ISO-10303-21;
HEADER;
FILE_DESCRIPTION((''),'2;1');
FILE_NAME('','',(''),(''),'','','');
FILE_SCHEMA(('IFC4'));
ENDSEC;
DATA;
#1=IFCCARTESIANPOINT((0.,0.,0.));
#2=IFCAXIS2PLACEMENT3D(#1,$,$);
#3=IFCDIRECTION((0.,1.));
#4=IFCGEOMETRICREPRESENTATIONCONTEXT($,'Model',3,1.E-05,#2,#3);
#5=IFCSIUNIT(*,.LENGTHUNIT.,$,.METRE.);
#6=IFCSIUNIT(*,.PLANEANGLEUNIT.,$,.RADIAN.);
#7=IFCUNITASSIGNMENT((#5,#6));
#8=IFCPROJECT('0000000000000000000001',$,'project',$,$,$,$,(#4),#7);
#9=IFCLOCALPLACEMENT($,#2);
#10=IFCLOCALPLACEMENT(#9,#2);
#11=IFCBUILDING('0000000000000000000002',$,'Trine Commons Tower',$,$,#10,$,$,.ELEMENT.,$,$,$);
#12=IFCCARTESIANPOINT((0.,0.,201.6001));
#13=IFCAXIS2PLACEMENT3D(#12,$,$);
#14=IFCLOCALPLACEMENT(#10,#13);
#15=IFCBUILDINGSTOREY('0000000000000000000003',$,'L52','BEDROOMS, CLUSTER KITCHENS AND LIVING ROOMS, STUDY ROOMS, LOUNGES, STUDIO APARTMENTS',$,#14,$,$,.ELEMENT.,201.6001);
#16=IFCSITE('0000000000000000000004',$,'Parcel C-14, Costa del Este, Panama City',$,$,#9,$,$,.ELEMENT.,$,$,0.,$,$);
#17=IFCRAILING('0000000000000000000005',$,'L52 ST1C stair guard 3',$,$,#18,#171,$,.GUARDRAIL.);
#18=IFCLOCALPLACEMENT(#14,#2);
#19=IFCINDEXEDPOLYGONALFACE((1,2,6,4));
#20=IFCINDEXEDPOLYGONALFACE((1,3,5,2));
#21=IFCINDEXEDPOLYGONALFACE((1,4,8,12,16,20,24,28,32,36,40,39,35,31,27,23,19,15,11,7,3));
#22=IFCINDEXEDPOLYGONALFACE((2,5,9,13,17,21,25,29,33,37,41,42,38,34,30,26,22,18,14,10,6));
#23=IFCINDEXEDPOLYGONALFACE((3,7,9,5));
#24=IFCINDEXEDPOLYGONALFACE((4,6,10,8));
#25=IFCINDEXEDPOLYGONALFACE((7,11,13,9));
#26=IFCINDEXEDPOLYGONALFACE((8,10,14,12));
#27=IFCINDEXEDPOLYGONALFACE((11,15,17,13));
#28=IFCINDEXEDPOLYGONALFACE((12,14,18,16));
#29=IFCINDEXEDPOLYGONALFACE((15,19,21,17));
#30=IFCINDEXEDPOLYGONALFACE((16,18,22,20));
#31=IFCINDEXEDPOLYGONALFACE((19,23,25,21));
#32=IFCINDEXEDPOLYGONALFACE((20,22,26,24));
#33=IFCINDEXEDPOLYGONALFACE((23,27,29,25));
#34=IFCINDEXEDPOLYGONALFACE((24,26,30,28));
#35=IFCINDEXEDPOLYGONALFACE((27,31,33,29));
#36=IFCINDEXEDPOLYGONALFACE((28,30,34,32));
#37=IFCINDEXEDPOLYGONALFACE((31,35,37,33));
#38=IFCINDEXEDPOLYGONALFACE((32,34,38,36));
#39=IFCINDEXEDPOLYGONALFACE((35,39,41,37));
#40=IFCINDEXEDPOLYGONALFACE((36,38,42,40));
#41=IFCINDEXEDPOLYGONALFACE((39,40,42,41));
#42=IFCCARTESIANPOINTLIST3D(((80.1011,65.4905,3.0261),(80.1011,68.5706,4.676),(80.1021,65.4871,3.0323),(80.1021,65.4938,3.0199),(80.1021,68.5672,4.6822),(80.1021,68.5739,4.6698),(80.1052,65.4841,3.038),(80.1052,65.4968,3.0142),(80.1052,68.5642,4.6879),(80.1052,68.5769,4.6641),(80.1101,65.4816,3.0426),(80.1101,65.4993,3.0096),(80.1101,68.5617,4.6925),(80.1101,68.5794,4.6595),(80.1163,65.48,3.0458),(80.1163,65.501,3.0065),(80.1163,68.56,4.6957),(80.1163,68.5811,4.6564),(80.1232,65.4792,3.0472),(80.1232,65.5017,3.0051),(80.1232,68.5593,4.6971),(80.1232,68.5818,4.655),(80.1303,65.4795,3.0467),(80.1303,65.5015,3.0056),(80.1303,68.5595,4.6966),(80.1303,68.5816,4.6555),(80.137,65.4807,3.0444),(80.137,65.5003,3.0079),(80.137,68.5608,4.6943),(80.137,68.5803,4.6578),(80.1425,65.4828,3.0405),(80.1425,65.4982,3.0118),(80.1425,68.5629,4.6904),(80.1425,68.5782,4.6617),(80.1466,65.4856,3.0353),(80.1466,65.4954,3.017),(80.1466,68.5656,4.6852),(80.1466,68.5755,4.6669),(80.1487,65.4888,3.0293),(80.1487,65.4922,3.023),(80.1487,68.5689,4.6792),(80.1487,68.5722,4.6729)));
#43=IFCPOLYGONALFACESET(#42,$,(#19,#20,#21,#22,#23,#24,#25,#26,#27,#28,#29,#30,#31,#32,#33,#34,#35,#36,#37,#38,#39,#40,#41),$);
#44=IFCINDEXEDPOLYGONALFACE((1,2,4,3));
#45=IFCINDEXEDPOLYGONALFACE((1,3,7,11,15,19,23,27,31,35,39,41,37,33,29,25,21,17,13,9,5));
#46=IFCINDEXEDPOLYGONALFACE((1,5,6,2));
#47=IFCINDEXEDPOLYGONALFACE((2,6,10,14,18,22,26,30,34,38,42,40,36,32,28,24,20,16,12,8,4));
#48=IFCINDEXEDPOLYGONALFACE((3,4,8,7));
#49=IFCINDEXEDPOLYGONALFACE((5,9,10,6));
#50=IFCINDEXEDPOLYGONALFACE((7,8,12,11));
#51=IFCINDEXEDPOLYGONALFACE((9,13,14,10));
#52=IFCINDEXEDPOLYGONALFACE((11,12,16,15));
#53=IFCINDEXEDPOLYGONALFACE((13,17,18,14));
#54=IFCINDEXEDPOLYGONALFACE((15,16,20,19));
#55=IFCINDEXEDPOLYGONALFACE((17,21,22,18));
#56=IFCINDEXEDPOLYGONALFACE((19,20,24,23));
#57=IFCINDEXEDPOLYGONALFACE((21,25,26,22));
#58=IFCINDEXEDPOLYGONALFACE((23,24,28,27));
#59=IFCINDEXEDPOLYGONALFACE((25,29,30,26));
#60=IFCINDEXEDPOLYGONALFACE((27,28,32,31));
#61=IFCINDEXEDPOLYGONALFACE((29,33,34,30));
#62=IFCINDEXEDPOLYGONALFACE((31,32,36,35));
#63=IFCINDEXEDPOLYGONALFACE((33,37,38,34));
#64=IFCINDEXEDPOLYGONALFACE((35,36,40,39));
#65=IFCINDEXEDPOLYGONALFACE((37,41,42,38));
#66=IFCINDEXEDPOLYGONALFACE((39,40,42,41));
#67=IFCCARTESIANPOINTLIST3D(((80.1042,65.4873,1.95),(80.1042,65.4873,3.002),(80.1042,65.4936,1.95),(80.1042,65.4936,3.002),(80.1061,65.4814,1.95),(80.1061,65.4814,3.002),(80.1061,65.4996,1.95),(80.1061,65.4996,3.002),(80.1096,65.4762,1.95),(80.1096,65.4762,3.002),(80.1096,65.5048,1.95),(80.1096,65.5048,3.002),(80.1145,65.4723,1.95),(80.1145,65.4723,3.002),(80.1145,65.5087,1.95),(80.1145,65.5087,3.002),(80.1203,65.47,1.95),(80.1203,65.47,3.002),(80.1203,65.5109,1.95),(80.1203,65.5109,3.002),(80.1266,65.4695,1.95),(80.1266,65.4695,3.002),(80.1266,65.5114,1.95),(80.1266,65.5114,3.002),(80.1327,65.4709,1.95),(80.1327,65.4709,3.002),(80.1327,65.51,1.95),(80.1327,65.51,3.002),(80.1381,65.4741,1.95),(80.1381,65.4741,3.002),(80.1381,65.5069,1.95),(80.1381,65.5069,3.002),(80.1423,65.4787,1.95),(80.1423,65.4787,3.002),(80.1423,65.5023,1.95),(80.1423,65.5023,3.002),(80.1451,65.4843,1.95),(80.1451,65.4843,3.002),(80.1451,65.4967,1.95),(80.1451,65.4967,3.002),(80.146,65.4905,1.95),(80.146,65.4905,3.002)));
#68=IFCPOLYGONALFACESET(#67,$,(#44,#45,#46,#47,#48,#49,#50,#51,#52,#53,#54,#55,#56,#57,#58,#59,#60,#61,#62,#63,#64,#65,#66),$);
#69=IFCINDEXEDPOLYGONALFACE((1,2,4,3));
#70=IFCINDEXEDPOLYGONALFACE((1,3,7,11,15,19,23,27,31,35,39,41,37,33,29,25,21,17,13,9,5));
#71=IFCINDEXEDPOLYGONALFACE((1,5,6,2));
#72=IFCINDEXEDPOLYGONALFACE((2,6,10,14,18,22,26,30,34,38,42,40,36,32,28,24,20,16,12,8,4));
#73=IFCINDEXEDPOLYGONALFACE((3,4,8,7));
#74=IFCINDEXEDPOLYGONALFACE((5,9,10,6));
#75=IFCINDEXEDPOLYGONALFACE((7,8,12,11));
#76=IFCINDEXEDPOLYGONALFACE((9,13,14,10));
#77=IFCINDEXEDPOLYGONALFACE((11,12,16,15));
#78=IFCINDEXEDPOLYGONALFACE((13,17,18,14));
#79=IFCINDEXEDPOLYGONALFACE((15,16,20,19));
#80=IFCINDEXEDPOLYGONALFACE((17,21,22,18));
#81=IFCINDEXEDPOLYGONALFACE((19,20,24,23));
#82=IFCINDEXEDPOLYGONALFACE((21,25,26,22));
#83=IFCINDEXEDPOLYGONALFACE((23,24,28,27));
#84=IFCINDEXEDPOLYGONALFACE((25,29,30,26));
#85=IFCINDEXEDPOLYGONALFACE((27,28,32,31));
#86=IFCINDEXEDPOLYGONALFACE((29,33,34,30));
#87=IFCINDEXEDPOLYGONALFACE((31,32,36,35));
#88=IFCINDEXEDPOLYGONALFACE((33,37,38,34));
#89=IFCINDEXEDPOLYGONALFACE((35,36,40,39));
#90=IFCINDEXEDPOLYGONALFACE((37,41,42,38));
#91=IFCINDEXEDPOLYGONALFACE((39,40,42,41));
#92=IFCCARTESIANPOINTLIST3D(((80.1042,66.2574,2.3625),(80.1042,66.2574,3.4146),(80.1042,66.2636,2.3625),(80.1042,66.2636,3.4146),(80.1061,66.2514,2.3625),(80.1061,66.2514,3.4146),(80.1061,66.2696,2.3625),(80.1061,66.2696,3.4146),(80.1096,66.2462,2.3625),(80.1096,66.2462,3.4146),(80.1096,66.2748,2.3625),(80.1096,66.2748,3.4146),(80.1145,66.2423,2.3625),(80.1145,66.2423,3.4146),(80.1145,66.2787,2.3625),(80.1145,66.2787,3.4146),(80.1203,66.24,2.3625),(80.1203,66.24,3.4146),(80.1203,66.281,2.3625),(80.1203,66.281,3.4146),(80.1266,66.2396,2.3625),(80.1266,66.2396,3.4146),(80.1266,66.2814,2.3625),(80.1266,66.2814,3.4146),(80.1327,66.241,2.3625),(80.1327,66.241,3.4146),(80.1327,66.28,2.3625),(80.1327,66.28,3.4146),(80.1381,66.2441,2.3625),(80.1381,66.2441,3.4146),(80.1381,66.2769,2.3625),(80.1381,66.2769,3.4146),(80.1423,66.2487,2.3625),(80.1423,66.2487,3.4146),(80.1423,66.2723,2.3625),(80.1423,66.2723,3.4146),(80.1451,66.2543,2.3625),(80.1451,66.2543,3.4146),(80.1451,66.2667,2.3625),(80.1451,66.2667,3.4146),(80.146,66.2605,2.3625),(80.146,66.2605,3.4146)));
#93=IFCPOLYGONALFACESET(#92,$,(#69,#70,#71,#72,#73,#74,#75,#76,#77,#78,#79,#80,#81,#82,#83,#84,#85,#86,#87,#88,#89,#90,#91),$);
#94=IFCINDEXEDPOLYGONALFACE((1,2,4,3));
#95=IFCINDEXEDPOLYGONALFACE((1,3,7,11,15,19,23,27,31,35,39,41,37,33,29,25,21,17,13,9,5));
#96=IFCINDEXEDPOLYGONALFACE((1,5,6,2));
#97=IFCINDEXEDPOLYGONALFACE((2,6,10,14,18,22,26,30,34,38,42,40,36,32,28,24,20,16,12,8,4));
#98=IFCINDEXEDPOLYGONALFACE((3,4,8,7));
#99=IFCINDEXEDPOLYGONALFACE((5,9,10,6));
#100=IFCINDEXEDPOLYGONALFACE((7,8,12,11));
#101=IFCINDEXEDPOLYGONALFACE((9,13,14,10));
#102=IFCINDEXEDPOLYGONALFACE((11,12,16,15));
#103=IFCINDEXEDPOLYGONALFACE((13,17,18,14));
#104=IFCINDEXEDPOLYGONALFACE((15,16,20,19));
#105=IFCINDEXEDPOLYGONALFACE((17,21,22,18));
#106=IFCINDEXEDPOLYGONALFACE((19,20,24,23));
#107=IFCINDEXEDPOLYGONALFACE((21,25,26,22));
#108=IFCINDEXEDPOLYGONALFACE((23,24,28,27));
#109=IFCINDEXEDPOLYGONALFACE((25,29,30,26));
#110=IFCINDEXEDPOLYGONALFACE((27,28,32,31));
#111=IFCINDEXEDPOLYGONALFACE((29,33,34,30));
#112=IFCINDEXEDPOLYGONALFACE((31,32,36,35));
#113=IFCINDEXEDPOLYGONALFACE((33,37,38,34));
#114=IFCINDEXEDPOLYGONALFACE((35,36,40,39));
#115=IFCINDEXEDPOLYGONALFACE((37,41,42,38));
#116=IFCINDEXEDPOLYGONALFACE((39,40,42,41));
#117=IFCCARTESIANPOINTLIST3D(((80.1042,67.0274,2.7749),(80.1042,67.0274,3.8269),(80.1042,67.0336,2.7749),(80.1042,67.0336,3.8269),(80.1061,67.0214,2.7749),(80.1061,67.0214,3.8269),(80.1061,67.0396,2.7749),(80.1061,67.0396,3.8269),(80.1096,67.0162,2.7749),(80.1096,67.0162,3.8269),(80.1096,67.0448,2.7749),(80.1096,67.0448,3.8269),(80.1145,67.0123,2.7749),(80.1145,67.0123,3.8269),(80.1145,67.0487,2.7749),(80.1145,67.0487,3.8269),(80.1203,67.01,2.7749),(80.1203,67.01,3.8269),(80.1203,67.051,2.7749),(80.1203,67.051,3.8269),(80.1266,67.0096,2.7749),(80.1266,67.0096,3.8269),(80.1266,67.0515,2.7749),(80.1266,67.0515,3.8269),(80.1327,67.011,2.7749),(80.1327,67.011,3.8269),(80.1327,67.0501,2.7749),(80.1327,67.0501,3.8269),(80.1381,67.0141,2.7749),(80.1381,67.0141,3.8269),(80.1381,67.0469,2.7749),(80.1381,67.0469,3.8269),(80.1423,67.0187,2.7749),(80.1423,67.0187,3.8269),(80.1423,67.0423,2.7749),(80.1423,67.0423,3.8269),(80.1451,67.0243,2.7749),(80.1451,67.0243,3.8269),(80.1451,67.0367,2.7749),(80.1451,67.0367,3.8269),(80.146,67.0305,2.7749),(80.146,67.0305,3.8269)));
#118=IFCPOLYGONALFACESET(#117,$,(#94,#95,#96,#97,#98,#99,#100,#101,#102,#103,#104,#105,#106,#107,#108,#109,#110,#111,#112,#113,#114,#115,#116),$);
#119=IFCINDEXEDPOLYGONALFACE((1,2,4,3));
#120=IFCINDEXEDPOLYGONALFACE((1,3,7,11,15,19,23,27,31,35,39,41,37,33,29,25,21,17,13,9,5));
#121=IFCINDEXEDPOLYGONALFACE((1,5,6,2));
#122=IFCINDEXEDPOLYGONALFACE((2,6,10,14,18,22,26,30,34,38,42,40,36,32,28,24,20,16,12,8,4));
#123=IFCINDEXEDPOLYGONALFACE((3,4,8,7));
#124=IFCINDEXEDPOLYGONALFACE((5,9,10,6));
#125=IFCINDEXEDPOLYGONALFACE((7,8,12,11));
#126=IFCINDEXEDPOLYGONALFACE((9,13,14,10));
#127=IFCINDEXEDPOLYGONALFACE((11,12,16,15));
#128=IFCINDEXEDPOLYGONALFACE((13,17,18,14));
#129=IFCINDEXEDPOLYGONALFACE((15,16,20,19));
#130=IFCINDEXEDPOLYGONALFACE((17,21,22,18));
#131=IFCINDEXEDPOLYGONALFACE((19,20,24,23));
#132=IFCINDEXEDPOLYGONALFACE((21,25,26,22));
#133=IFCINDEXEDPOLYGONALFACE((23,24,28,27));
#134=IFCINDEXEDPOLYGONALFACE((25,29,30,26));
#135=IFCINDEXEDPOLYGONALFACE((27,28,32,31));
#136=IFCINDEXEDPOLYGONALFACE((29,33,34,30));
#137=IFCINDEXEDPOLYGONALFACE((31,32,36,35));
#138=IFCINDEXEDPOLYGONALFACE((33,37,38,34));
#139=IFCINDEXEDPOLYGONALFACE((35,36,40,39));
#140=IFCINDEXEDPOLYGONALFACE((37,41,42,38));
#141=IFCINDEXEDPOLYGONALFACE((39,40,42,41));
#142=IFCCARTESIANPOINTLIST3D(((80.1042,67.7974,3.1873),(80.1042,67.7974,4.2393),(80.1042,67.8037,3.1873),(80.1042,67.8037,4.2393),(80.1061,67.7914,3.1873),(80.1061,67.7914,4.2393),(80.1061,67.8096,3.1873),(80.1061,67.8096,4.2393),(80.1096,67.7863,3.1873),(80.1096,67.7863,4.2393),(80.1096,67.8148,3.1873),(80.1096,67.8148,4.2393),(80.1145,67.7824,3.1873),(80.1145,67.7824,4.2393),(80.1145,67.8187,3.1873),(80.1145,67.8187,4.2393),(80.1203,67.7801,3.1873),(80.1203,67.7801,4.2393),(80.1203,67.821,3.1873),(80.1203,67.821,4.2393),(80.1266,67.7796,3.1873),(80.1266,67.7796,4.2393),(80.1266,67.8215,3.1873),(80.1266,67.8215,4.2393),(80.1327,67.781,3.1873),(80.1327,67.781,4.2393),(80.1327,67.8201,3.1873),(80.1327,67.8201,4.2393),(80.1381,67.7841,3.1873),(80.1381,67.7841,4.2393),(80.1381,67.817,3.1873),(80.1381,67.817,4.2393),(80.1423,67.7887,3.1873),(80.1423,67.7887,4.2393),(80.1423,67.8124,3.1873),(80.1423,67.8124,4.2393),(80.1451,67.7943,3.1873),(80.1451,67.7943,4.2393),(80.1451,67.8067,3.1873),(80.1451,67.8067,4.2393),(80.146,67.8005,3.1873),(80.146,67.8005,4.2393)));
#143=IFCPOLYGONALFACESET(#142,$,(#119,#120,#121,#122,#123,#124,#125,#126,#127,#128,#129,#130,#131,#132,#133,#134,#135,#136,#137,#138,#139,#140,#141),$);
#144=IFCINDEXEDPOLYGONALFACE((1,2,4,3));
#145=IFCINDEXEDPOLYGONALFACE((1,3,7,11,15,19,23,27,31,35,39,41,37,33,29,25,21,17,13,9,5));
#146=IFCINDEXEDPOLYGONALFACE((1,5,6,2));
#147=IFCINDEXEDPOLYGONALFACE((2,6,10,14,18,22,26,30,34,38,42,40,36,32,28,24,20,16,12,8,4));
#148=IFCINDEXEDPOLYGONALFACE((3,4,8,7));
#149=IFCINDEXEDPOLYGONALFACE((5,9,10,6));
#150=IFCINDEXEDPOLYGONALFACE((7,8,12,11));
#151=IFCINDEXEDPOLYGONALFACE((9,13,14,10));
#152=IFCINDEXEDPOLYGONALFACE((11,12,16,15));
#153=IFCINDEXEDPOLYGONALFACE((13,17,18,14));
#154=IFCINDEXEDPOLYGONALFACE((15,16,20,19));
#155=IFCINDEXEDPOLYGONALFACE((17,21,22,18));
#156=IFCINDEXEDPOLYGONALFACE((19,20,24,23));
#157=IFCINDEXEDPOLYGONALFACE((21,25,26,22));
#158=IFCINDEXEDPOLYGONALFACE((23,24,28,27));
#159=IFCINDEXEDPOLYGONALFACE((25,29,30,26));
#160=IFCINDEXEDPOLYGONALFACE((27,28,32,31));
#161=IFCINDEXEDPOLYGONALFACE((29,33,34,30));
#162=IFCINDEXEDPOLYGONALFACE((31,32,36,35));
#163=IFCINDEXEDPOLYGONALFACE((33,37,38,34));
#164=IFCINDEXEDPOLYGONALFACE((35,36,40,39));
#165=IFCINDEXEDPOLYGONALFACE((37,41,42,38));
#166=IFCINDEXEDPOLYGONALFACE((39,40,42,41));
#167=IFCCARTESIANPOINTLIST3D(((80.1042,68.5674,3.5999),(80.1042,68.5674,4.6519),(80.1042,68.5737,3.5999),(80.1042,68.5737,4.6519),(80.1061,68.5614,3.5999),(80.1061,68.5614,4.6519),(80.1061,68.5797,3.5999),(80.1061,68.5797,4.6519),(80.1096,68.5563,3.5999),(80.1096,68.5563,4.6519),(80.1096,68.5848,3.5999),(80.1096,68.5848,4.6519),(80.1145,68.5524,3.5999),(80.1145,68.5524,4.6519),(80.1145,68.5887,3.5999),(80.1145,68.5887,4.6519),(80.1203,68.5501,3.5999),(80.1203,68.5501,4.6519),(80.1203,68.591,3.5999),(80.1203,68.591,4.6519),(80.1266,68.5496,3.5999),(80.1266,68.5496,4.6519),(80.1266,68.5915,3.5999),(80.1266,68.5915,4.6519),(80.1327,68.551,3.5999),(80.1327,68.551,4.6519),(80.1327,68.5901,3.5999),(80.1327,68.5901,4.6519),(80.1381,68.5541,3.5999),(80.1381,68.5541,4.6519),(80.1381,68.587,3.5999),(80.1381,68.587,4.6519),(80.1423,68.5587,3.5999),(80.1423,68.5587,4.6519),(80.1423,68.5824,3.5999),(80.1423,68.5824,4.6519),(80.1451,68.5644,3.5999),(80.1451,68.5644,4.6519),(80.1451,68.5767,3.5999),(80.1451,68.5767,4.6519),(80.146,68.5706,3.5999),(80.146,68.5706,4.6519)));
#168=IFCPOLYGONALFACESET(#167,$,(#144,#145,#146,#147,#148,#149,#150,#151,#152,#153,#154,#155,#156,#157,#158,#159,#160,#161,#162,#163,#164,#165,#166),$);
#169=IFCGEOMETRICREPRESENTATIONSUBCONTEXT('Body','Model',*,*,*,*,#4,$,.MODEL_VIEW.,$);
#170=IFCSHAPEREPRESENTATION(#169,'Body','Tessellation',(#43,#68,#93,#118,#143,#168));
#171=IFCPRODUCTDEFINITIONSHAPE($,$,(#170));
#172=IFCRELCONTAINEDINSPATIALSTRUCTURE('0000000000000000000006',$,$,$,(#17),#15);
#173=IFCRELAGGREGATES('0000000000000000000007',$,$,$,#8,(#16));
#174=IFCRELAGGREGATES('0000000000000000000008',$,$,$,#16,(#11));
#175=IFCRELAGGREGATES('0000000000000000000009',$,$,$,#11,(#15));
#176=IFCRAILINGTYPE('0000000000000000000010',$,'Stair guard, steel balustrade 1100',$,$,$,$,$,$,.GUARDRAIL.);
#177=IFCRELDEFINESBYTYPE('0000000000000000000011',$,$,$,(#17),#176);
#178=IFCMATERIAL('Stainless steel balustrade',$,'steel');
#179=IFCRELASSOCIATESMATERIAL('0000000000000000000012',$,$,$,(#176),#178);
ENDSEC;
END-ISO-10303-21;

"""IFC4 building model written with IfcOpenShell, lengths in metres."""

from ifc_helpers import new_model, si_unit, direction, frame, origin, origin_2d, place, context, subcontext, project, spatial, circle, extrude, material, type_object, element, save


model = new_model("IFC4")

# Units and contexts
model_context = context("Model", 3, precision=1e-05, world=origin(), true_north=direction((0.0, 1.0)))
body_context = subcontext(model_context, "Body", "Model", "MODEL_VIEW")
ifc_project = project(units=[si_unit("LENGTHUNIT", "METRE"), si_unit("PLANEANGLEUNIT", "RADIAN")], contexts=[model_context])

# Site, building, storey
site_placement = place(None, origin())
site = spatial("IfcSite", under=ifc_project, at=site_placement, Name="Parcel C-14, Costa del Este, Panama City", CompositionType="ELEMENT", RefElevation=0.0)
building_placement = place(site_placement, origin())
building = spatial("IfcBuilding", under=site, at=building_placement, Name="Trine Commons Tower", CompositionType="ELEMENT")
storey_placement = place(building_placement, frame((0.0, 0.0, 201.6001)))
storey = spatial("IfcBuildingStorey", under=building, at=storey_placement, Name="L52", Description="BEDROOMS, CLUSTER KITCHENS AND LIVING ROOMS, STUDY ROOMS, LOUNGES, STUDIO APARTMENTS", CompositionType="ELEMENT", Elevation=201.6001)

# Railing
ifc_material_1 = material(Name="Stainless steel balustrade", Category="steel")
railing_type_1 = type_object("IfcRailingType", Name="Stair guard, steel balustrade 1100", PredefinedType="GUARDRAIL", material=ifc_material_1)
railing_1_placement = place(storey_placement, frame((80.125, 65.4905, 1.95)))
element("IfcRailing", 1, at=railing_1_placement, inside=storey, type_object=railing_type_1, Name="L52 ST1C stair guard 3", PredefinedType="GUARDRAIL", context=body_context, shape_type="SweptSolid", body=[
    extrude(circle(Radius=0.0239, at=origin_2d()), frame((0.0, 0.0, 1.0762), z_axis=(0.0, 0.881497, 0.47219), x_axis=(-1.0, 0.0, 0.0)), (0.0, 0.0, 1.0), 3.4941),
    extrude(circle(Radius=0.021, at=origin_2d()), origin(), (0.0, 0.0, 1.0), 1.052),
    extrude(circle(Radius=0.021, at=origin_2d()), frame((0.0, 0.77, 0.4126)), (0.0, 0.0, 1.0), 1.052),
    extrude(circle(Radius=0.021, at=origin_2d()), frame((0.0, 1.54, 0.825)), (0.0, 0.0, 1.0), 1.052),
    extrude(circle(Radius=0.021, at=origin_2d()), frame((0.0, 2.3101, 1.2373)), (0.0, 0.0, 1.0), 1.052),
    extrude(circle(Radius=0.021, at=origin_2d()), frame((0.0, 3.0801, 1.6499)), (0.0, 0.0, 1.0), 1.052),
])

save(model, "model.ifc")
